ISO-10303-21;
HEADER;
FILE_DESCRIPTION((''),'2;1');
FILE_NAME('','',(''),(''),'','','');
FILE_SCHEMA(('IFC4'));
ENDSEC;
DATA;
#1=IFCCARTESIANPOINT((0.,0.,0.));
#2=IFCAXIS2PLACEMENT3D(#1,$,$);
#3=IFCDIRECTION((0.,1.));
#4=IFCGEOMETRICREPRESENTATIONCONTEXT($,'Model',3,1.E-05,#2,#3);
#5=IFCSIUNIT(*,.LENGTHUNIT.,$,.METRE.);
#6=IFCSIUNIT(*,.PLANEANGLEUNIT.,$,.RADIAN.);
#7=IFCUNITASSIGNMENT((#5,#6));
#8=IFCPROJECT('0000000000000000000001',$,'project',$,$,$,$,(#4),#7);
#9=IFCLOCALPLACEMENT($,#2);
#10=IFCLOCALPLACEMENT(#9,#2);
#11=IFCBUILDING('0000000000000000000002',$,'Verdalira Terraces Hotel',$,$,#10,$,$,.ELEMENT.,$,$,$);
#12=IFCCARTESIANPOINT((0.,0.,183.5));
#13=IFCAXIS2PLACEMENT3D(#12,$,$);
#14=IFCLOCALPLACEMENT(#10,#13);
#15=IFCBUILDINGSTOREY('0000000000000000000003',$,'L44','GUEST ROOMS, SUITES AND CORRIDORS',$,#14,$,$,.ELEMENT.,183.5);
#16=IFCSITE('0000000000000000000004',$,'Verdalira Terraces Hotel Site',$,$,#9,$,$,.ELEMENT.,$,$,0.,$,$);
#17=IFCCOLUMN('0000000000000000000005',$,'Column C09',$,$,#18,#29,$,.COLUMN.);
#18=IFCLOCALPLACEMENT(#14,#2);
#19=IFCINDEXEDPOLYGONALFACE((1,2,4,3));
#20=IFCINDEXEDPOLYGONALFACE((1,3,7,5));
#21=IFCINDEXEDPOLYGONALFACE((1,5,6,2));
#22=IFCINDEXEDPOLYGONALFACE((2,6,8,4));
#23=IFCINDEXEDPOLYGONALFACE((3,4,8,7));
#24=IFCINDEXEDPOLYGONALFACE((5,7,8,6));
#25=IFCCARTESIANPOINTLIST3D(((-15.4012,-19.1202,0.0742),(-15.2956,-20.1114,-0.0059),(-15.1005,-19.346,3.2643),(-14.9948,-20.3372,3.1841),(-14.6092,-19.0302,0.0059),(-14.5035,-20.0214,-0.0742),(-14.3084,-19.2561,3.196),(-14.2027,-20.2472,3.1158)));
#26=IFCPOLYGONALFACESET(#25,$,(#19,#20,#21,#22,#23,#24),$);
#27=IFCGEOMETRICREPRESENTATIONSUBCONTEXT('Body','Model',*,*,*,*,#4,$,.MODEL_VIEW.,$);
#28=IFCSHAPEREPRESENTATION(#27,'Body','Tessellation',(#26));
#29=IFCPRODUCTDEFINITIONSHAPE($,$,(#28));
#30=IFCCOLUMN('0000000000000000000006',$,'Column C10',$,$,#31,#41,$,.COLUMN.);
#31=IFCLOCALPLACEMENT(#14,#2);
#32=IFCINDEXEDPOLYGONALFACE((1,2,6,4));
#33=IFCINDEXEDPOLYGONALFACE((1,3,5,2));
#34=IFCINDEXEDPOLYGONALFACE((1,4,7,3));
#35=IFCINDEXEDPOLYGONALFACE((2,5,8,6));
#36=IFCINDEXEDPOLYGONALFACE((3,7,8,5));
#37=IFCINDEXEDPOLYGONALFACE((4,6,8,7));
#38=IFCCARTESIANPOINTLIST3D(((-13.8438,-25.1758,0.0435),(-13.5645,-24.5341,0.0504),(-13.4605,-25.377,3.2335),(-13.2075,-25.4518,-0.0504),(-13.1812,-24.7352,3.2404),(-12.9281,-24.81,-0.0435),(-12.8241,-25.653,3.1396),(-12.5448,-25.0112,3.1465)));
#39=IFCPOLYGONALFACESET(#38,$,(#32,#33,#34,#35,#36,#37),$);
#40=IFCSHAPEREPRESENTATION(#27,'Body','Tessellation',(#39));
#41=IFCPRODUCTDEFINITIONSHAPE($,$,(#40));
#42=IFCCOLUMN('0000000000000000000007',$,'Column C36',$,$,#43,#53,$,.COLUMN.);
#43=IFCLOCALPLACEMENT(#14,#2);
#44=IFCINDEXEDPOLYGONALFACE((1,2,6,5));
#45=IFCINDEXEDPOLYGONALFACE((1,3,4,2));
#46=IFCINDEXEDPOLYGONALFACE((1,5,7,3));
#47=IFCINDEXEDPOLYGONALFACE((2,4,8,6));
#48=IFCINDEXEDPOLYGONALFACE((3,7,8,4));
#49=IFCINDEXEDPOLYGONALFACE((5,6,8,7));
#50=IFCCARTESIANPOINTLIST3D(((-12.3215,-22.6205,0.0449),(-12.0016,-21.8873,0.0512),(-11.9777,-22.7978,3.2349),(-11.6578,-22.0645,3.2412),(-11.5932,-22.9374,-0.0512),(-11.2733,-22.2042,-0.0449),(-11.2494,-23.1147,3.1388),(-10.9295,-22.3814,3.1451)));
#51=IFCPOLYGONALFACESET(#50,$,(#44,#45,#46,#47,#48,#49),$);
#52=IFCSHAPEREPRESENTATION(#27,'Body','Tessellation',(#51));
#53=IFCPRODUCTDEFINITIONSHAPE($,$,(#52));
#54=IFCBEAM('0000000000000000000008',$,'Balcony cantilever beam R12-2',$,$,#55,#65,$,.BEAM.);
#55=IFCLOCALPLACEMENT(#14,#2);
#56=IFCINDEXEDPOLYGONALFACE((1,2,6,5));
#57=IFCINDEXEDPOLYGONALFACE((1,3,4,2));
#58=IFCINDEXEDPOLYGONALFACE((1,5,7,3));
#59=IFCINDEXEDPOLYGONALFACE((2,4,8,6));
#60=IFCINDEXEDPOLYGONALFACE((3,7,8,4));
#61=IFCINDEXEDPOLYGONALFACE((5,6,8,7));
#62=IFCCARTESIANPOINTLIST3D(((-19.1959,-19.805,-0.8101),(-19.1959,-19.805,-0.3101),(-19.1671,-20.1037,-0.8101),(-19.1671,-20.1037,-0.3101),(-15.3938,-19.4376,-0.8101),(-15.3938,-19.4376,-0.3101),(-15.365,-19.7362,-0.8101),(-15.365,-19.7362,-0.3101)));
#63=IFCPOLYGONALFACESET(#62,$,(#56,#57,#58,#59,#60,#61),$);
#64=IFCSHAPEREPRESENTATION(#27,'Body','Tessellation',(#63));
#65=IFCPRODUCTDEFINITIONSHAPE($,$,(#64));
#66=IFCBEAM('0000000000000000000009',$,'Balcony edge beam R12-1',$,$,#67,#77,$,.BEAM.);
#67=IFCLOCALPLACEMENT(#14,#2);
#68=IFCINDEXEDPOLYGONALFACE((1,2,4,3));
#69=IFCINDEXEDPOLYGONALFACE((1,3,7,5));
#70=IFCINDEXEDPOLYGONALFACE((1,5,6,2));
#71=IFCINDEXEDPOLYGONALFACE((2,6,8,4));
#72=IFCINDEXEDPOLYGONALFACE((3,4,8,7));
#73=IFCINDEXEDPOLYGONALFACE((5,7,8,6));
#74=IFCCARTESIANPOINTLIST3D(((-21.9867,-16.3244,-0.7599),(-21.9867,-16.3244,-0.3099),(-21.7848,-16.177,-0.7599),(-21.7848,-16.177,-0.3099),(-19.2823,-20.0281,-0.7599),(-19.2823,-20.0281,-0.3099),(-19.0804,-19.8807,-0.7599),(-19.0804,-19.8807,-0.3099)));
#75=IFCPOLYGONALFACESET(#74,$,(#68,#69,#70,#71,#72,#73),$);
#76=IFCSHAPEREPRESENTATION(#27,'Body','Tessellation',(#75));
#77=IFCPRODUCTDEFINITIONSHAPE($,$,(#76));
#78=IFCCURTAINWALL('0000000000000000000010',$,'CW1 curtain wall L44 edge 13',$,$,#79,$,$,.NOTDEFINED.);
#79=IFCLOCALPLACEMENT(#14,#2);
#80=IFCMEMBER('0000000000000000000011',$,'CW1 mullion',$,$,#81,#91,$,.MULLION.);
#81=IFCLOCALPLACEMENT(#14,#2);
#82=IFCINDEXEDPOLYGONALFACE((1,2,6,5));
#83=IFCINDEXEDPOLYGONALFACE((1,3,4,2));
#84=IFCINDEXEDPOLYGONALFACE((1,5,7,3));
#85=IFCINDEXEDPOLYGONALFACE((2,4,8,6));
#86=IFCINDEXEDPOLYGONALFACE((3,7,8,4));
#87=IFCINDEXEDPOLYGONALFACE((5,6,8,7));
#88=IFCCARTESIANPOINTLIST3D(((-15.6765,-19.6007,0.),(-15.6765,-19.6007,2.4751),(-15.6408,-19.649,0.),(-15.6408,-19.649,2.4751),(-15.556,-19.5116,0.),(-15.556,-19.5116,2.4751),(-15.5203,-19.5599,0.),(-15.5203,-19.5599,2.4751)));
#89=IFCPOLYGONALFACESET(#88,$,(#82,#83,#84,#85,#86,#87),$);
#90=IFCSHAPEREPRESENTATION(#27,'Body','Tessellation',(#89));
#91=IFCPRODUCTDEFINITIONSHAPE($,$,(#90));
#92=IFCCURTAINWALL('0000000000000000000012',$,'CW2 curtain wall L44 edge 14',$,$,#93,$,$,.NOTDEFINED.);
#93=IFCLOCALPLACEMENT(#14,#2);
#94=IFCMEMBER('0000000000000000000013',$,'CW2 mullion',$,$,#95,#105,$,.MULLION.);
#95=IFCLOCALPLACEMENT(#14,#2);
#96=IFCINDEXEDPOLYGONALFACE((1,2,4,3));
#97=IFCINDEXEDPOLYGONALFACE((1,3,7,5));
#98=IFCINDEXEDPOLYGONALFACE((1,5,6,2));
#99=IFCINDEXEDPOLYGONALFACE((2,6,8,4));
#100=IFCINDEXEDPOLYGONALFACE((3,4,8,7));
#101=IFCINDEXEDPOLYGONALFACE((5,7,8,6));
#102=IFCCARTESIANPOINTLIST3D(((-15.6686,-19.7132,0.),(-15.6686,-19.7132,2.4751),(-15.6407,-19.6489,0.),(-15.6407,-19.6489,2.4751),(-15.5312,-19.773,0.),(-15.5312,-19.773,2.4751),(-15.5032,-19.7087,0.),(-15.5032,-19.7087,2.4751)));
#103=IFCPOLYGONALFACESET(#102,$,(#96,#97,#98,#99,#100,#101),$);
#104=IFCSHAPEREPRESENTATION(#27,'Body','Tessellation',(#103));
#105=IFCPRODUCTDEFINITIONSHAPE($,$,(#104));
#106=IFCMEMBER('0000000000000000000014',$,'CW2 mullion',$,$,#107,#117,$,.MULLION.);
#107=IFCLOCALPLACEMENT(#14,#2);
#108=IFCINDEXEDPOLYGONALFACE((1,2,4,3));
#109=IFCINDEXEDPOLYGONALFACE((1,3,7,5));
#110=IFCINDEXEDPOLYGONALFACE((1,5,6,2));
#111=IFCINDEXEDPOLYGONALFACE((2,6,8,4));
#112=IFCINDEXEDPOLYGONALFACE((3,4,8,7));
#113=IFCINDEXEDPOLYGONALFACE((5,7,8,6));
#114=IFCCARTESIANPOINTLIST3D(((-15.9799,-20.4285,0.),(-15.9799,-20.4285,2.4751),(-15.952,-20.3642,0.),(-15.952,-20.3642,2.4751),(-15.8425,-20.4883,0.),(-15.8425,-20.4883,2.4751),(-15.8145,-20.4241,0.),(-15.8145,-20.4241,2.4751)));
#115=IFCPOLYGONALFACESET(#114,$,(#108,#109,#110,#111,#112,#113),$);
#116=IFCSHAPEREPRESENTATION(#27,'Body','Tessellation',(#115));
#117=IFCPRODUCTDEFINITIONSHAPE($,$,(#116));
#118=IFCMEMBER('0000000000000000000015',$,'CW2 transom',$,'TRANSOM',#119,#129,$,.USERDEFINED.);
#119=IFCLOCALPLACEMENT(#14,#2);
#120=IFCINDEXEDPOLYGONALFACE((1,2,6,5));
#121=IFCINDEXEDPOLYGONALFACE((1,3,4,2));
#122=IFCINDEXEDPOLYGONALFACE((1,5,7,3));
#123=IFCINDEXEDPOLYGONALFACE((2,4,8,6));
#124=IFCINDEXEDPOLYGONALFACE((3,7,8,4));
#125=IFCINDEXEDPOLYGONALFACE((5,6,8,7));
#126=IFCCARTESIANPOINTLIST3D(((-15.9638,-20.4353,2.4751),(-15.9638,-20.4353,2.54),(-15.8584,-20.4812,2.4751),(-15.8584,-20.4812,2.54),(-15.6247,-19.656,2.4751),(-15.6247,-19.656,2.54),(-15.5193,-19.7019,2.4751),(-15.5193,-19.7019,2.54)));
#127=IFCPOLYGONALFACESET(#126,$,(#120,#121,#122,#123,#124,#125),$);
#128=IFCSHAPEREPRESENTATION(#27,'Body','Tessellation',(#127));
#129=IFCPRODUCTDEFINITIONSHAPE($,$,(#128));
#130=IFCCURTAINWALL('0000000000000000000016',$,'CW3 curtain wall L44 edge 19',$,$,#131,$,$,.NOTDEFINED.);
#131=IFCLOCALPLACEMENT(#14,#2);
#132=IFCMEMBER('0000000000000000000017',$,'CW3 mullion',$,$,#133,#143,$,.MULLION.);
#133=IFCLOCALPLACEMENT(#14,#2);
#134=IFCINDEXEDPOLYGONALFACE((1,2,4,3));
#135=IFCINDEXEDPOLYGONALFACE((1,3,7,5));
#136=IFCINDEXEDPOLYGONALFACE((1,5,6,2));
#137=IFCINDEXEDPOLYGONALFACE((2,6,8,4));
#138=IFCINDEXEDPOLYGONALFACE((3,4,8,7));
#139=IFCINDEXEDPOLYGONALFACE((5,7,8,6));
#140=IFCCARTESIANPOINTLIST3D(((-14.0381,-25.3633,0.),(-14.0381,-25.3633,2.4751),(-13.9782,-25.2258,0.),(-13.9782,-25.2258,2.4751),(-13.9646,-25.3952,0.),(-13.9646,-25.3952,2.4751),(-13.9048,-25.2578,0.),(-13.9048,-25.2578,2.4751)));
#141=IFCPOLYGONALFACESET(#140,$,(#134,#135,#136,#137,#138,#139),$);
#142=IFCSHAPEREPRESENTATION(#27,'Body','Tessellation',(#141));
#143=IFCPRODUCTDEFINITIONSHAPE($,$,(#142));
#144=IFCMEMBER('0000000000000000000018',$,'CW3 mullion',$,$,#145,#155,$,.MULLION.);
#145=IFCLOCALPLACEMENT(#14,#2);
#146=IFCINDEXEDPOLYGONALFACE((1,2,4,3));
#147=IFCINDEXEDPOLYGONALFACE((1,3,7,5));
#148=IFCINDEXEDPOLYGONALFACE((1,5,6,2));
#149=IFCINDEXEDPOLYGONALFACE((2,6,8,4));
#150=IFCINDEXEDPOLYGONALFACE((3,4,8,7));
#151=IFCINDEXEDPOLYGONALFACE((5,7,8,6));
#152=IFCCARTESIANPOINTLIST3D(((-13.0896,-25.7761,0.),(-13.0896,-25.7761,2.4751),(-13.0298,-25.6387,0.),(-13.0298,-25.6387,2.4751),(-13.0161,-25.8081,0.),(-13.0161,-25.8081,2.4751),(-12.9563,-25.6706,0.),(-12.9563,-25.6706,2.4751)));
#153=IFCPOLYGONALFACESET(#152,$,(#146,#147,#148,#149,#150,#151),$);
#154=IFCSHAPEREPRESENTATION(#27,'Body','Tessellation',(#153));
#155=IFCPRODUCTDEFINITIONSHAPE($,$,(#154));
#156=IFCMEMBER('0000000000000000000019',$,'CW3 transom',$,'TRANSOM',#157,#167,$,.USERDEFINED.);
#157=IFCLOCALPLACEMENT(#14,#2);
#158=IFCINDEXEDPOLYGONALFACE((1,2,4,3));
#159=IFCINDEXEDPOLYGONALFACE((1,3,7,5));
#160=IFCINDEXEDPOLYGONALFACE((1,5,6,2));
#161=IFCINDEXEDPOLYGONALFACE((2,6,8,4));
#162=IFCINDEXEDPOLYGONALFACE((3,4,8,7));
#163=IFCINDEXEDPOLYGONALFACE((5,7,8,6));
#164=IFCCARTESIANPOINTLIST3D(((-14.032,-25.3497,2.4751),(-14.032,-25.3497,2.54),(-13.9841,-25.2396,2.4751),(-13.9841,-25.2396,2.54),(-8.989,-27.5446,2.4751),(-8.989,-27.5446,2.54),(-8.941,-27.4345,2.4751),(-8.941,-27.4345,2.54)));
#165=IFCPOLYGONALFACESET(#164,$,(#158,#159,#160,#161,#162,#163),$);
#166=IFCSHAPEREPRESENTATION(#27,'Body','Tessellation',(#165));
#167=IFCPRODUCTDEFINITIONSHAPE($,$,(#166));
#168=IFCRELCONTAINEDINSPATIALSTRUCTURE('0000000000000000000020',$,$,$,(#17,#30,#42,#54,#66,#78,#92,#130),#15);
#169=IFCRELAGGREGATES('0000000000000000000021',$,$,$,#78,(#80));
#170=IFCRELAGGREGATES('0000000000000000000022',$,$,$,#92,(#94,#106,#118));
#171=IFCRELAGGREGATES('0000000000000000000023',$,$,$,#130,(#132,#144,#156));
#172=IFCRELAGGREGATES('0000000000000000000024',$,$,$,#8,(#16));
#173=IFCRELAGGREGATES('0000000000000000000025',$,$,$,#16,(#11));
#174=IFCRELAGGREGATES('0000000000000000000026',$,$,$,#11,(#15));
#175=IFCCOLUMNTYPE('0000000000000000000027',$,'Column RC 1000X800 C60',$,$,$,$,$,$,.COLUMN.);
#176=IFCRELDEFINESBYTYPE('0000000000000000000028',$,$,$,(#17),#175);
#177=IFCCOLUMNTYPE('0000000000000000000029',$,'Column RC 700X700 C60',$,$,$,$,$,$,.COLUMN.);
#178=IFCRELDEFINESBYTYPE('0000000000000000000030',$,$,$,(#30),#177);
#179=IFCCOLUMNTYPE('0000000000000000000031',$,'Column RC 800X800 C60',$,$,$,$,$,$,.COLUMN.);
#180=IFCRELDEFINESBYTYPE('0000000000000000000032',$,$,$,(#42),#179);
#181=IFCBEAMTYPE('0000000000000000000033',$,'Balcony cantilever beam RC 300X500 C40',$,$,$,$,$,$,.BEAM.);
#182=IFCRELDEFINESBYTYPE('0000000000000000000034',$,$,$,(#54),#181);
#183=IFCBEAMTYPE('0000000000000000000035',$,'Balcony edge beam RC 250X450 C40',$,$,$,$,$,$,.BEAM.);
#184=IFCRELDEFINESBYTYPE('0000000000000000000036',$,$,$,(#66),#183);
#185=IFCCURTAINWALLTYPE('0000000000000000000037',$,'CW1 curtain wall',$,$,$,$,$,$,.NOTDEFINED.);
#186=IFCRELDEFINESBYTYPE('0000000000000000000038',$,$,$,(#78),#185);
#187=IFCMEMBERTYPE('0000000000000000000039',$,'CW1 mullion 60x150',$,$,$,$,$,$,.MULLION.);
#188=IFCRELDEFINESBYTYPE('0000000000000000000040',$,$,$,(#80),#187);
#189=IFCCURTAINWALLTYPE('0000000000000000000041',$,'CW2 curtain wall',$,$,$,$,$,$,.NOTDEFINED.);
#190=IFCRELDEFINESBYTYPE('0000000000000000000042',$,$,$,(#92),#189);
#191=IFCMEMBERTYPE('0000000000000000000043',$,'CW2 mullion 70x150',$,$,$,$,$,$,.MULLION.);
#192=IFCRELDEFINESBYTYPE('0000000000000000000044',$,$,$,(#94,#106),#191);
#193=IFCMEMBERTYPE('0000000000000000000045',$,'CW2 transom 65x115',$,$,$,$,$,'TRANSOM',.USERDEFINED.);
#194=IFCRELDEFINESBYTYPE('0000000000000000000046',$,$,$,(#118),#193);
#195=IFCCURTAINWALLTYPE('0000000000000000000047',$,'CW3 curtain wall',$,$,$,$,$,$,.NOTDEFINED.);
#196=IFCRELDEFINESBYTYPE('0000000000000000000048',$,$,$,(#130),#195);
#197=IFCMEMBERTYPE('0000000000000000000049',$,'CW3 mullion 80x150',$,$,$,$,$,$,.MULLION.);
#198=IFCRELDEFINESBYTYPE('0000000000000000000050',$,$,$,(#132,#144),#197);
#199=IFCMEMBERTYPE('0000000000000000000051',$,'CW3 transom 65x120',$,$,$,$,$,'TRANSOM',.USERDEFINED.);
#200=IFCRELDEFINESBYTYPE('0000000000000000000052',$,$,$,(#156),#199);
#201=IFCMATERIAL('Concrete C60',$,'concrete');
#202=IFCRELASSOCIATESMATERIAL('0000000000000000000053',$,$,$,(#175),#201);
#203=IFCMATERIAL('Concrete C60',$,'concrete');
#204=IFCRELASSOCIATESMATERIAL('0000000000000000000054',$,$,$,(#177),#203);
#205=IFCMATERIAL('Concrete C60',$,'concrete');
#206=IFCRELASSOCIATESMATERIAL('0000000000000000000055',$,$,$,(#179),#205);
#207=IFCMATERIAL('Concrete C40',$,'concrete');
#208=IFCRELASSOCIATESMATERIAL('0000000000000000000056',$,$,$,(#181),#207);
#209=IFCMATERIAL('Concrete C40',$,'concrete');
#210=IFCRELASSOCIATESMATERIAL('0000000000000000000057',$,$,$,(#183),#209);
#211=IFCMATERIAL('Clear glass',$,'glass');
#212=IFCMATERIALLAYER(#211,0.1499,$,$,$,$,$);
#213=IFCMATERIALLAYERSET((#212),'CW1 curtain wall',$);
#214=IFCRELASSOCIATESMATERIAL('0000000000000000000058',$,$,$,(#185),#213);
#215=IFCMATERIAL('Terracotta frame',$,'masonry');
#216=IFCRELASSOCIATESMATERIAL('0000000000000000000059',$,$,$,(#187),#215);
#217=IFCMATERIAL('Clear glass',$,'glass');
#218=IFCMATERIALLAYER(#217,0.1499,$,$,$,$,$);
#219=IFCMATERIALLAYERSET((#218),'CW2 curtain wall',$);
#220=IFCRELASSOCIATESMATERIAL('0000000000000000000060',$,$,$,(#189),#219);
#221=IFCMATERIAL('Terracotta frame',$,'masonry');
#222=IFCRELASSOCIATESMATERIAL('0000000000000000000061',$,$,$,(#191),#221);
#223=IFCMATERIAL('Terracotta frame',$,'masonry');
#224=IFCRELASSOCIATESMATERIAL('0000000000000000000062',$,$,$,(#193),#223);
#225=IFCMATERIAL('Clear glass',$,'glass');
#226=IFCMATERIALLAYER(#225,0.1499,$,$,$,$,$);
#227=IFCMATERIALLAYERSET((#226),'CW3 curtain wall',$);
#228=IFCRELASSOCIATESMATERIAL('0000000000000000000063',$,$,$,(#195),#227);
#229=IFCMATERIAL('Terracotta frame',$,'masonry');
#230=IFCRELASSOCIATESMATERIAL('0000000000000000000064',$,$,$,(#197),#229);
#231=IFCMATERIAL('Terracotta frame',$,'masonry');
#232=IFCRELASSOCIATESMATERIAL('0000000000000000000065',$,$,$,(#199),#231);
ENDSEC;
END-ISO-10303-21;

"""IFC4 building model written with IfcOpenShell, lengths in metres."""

from ifc_helpers import new_model, si_unit, direction, frame, origin, origin_2d, place, context, subcontext, project, spatial, rectangle, extrude, material, layer, layer_set, material_profile, profile_set, type_object, element, aggregate, save


model = new_model("IFC4")

# Units and contexts
model_context = context("Model", 3, precision=1e-05, world=origin(), true_north=direction((0.0, 1.0)))
body_context = subcontext(model_context, "Body", "Model", "MODEL_VIEW")
ifc_project = project(units=[si_unit("LENGTHUNIT", "METRE"), si_unit("PLANEANGLEUNIT", "RADIAN")], contexts=[model_context])

# Site, building, storey
site_placement = place(None, origin())
site = spatial("IfcSite", under=ifc_project, at=site_placement, Name="Verdalira Terraces Hotel Site", CompositionType="ELEMENT", RefElevation=0.0)
building_placement = place(site_placement, origin())
building = spatial("IfcBuilding", under=site, at=building_placement, Name="Verdalira Terraces Hotel", CompositionType="ELEMENT")
storey_placement = place(building_placement, frame((0.0, 0.0, 183.5)))
storey = spatial("IfcBuildingStorey", under=building, at=storey_placement, Name="L44", Description="GUEST ROOMS, SUITES AND CORRIDORS", CompositionType="ELEMENT", Elevation=183.5)

# Columns
ifc_material_1 = material(Name="Concrete C60", Category="concrete")
ifc_material_profile_1 = material_profile(ifc_material_1, rectangle(XDim=1.0, YDim=0.8, at=origin_2d()), Name="RC 1000X800")
ifc_profile_set_1 = profile_set([ifc_material_profile_1], Name="Concrete C60")
column_type_1 = type_object("IfcColumnType", Name="Column RC 1000X800 C60", PredefinedType="COLUMN", material=ifc_profile_set_1)
column_1_placement = place(storey_placement, frame((-14.9524, -19.5708, 0.0), z_axis=(0.093642, -0.070307, 0.99312), x_axis=(-0.105679, 0.991166, 0.080134)))
element("IfcColumn", 1, at=column_1_placement, inside=storey, type_object=column_type_1, Name="Column C09", PredefinedType="COLUMN", context=body_context, shape_type="SweptSolid", body=[
    extrude(rectangle(XDim=1.0, YDim=0.8, at=origin_2d()), origin(), (0.0, 0.0, 1.0), 3.2122),
])
ifc_material_2 = material(Name="Concrete C60", Category="concrete")
ifc_material_profile_2 = material_profile(ifc_material_2, rectangle(XDim=0.7, YDim=0.7, at=origin_2d()), Name="RC 700X700")
ifc_profile_set_2 = profile_set([ifc_material_profile_2], Name="Concrete C60")
column_type_2 = type_object("IfcColumnType", Name="Column RC 700X700 C60", PredefinedType="COLUMN", material=ifc_profile_set_2)
column_2_placement = place(storey_placement, frame((-13.386, -24.9929, 0.0), z_axis=(0.119068, -0.062492, 0.990918), x_axis=(0.909172, -0.394236, -0.134108)))
element("IfcColumn", 2, at=column_2_placement, inside=storey, type_object=column_type_2, Name="Column C10", PredefinedType="COLUMN", context=body_context, shape_type="SweptSolid", body=[
    extrude(rectangle(XDim=0.7, YDim=0.7, at=origin_2d()), origin(), (0.0, 0.0, 1.0), 3.2192),
])
ifc_material_3 = material(Name="Concrete C60", Category="concrete")
ifc_material_profile_3 = material_profile(ifc_material_3, rectangle(XDim=0.8, YDim=0.8, at=origin_2d()), Name="RC 800X800")
ifc_profile_set_3 = profile_set([ifc_material_profile_3], Name="Concrete C60")
column_type_3 = type_object("IfcColumnType", Name="Column RC 800X800 C60", PredefinedType="COLUMN", material=ifc_profile_set_3)
column_3_placement = place(storey_placement, frame((-11.7974, -22.4124, 0.0), z_axis=(0.106977, -0.05516, 0.99273), x_axis=(-0.399853, -0.916546, -0.007839)))
element("IfcColumn", 3, at=column_3_placement, inside=storey, type_object=column_type_3, Name="Column C36", PredefinedType="COLUMN", context=body_context, shape_type="SweptSolid", body=[
    extrude(rectangle(XDim=0.8, YDim=0.8, at=origin_2d()), origin(), (0.0, 0.0, 1.0), 3.2134),
])

# Beams
ifc_material_4 = material(Name="Concrete C40", Category="concrete")
ifc_material_profile_4 = material_profile(ifc_material_4, rectangle(XDim=0.3, YDim=0.5, at=origin_2d()), Name="RC 300X500")
ifc_profile_set_4 = profile_set([ifc_material_profile_4], Name="Concrete C40")
beam_type_1 = type_object("IfcBeamType", Name="Balcony cantilever beam RC 300X500 C40", PredefinedType="BEAM", material=ifc_profile_set_4)
beam_1_placement = place(storey_placement, frame((-15.3794, -19.5869, -0.5601), z_axis=(-0.995363, -0.096193, 0.0), x_axis=(0.096193, -0.995363, 0.0)))
element("IfcBeam", 4, at=beam_1_placement, inside=storey, type_object=beam_type_1, Name="Balcony cantilever beam R12-2", PredefinedType="BEAM", context=body_context, shape_type="SweptSolid", body=[
    extrude(rectangle(XDim=0.3, YDim=0.5, at=origin_2d()), origin(), (0.0, 0.0, 1.0), 3.8198),
])
ifc_material_5 = material(Name="Concrete C40", Category="concrete")
ifc_material_profile_5 = material_profile(ifc_material_5, rectangle(XDim=0.25, YDim=0.45, at=origin_2d()), Name="RC 250X450")
ifc_profile_set_5 = profile_set([ifc_material_profile_5], Name="Concrete C40")
beam_type_2 = type_object("IfcBeamType", Name="Balcony edge beam RC 250X450 C40", PredefinedType="BEAM", material=ifc_profile_set_5)
beam_2_placement = place(storey_placement, frame((-21.8857, -16.2507, -0.5349), z_axis=(0.589712, -0.807613, 0.0), x_axis=(0.807613, 0.589712, 0.0)))
element("IfcBeam", 5, at=beam_2_placement, inside=storey, type_object=beam_type_2, Name="Balcony edge beam R12-1", PredefinedType="BEAM", context=body_context, shape_type="SweptSolid", body=[
    extrude(rectangle(XDim=0.25, YDim=0.45, at=origin_2d()), origin(), (0.0, 0.0, 1.0), 4.5859),
])

# Curtain wall, member
ifc_material_6 = material(Name="Clear glass", Category="glass")
ifc_layer_1 = layer(ifc_material_6, 0.1499)
ifc_layer_set_1 = layer_set([ifc_layer_1], Name="CW1 curtain wall")
curtain_wall_type_1 = type_object("IfcCurtainWallType", Name="CW1 curtain wall", PredefinedType="NOTDEFINED", material=ifc_layer_set_1)
curtain_wall_1_placement = place(storey_placement, origin())
curtain_wall_1 = element("IfcCurtainWall", 6, at=curtain_wall_1_placement, inside=storey, type_object=curtain_wall_type_1, Name="CW1 curtain wall L44 edge 13", PredefinedType="NOTDEFINED")
ifc_material_7 = material(Name="Terracotta frame", Category="masonry")
ifc_material_profile_6 = material_profile(ifc_material_7, rectangle(XDim=0.0601, YDim=0.1499, at=origin_2d()), Name="MU 60x150")
ifc_profile_set_6 = profile_set([ifc_material_profile_6], Name="Terracotta frame")
member_type_1 = type_object("IfcMemberType", Name="CW1 mullion 60x150", PredefinedType="MULLION", material=ifc_profile_set_6)
member_1_placement = place(storey_placement, frame((-15.5984, -19.5803, 0.0), z_axis=(0.0, 0.0, 1.0), x_axis=(0.594542, -0.804064, 0.0)))
member_1 = element("IfcMember", 7, at=member_1_placement, type_object=member_type_1, Name="CW1 mullion", PredefinedType="MULLION", context=body_context, shape_type="SweptSolid", body=[
    extrude(rectangle(XDim=0.0601, YDim=0.1499, at=origin_2d()), origin(), (0.0, 0.0, 1.0), 2.4751),
])

# Curtain walls, members
ifc_material_8 = material(Name="Clear glass", Category="glass")
ifc_layer_2 = layer(ifc_material_8, 0.1499)
ifc_layer_set_2 = layer_set([ifc_layer_2], Name="CW2 curtain wall")
curtain_wall_type_2 = type_object("IfcCurtainWallType", Name="CW2 curtain wall", PredefinedType="NOTDEFINED", material=ifc_layer_set_2)
curtain_wall_2_placement = place(storey_placement, origin())
curtain_wall_2 = element("IfcCurtainWall", 8, at=curtain_wall_2_placement, inside=storey, type_object=curtain_wall_type_2, Name="CW2 curtain wall L44 edge 14", PredefinedType="NOTDEFINED")
ifc_material_9 = material(Name="Terracotta frame", Category="masonry")
ifc_material_profile_7 = material_profile(ifc_material_9, rectangle(XDim=0.0701, YDim=0.1499, at=origin_2d()), Name="MU 70x150")
ifc_profile_set_7 = profile_set([ifc_material_profile_7], Name="Terracotta frame")
member_type_2 = type_object("IfcMemberType", Name="CW2 mullion 70x150", PredefinedType="MULLION", material=ifc_profile_set_7)
member_2_placement = place(storey_placement, frame((-15.5859, -19.7109, 0.0), z_axis=(0.0, 0.0, 1.0), x_axis=(-0.399069, -0.916921, 0.0)))
member_2 = element("IfcMember", 9, at=member_2_placement, type_object=member_type_2, Name="CW2 mullion", PredefinedType="MULLION", context=body_context, shape_type="SweptSolid", body=[
    extrude(rectangle(XDim=0.0701, YDim=0.1499, at=origin_2d()), origin(), (0.0, 0.0, 1.0), 2.4751),
])
member_3_placement = place(storey_placement, frame((-15.8972, -20.4263, 0.0), z_axis=(0.0, 0.0, 1.0), x_axis=(-0.399069, -0.916921, 0.0)))
member_3 = element("IfcMember", 10, at=member_3_placement, type_object=member_type_2, Name="CW2 mullion", PredefinedType="MULLION", context=body_context, shape_type="SweptSolid", body=[
    extrude(rectangle(XDim=0.0701, YDim=0.1499, at=origin_2d()), origin(), (0.0, 0.0, 1.0), 2.4751),
])
ifc_material_10 = material(Name="Terracotta frame", Category="masonry")
ifc_material_profile_8 = material_profile(ifc_material_10, rectangle(XDim=0.115, YDim=0.0649, at=origin_2d()), Name="TR 65x115")
ifc_profile_set_8 = profile_set([ifc_material_profile_8], Name="Terracotta frame")
member_type_3 = type_object("IfcMemberType", Name="CW2 transom 65x115", ElementType="TRANSOM", PredefinedType="USERDEFINED", material=ifc_profile_set_8)
member_4_placement = place(storey_placement, frame((-15.572, -19.679, 2.5076), z_axis=(-0.39901, -0.916947, 0.0), x_axis=(0.916947, -0.39901, 0.0)))
member_4 = element("IfcMember", 11, at=member_4_placement, type_object=member_type_3, Name="CW2 transom", ObjectType="TRANSOM", PredefinedType="USERDEFINED", context=body_context, shape_type="SweptSolid", body=[
    extrude(rectangle(XDim=0.115, YDim=0.0649, at=origin_2d()), origin(), (0.0, 0.0, 1.0), 0.8499),
])
ifc_material_11 = material(Name="Clear glass", Category="glass")
ifc_layer_3 = layer(ifc_material_11, 0.1499)
ifc_layer_set_3 = layer_set([ifc_layer_3], Name="CW3 curtain wall")
curtain_wall_type_3 = type_object("IfcCurtainWallType", Name="CW3 curtain wall", PredefinedType="NOTDEFINED", material=ifc_layer_set_3)
curtain_wall_3_placement = place(storey_placement, origin())
curtain_wall_3 = element("IfcCurtainWall", 12, at=curtain_wall_3_placement, inside=storey, type_object=curtain_wall_type_3, Name="CW3 curtain wall L44 edge 19", PredefinedType="NOTDEFINED")
ifc_material_12 = material(Name="Terracotta frame", Category="masonry")
ifc_material_profile_9 = material_profile(ifc_material_12, rectangle(XDim=0.0801, YDim=0.1499, at=origin_2d()), Name="MU 80x150")
ifc_profile_set_9 = profile_set([ifc_material_profile_9], Name="Terracotta frame")
member_type_4 = type_object("IfcMemberType", Name="CW3 mullion 80x150", PredefinedType="MULLION", material=ifc_profile_set_9)
member_5_placement = place(storey_placement, frame((-13.9714, -25.3105, 0.0), z_axis=(0.0, 0.0, 1.0), x_axis=(0.916921, -0.399069, 0.0)))
member_5 = element("IfcMember", 13, at=member_5_placement, type_object=member_type_4, Name="CW3 mullion", PredefinedType="MULLION", context=body_context, shape_type="SweptSolid", body=[
    extrude(rectangle(XDim=0.0801, YDim=0.1499, at=origin_2d()), origin(), (0.0, 0.0, 1.0), 2.4751),
])
member_6_placement = place(storey_placement, frame((-13.0229, -25.7234, 0.0), z_axis=(0.0, 0.0, 1.0), x_axis=(0.916921, -0.399069, 0.0)))
member_6 = element("IfcMember", 14, at=member_6_placement, type_object=member_type_4, Name="CW3 mullion", PredefinedType="MULLION", context=body_context, shape_type="SweptSolid", body=[
    extrude(rectangle(XDim=0.0801, YDim=0.1499, at=origin_2d()), origin(), (0.0, 0.0, 1.0), 2.4751),
])
ifc_material_13 = material(Name="Terracotta frame", Category="masonry")
ifc_material_profile_10 = material_profile(ifc_material_13, rectangle(XDim=0.1201, YDim=0.0649, at=origin_2d()), Name="TR 65x120")
ifc_profile_set_10 = profile_set([ifc_material_profile_10], Name="Terracotta frame")
member_type_5 = type_object("IfcMemberType", Name="CW3 transom 65x120", ElementType="TRANSOM", PredefinedType="USERDEFINED", material=ifc_profile_set_10)
member_7_placement = place(storey_placement, frame((-14.0081, -25.2947, 2.5076), z_axis=(0.916922, -0.399067, 0.0), x_axis=(0.399067, 0.916922, 0.0)))
member_7 = element("IfcMember", 15, at=member_7_placement, type_object=member_type_5, Name="CW3 transom", ObjectType="TRANSOM", PredefinedType="USERDEFINED", context=body_context, shape_type="SweptSolid", body=[
    extrude(rectangle(XDim=0.1201, YDim=0.0649, at=origin_2d()), origin(), (0.0, 0.0, 1.0), 5.5),
])

aggregate(curtain_wall_1, [member_1])
aggregate(curtain_wall_2, [member_2, member_3, member_4])
aggregate(curtain_wall_3, [member_5, member_6, member_7])

save(model, "model.ifc")
